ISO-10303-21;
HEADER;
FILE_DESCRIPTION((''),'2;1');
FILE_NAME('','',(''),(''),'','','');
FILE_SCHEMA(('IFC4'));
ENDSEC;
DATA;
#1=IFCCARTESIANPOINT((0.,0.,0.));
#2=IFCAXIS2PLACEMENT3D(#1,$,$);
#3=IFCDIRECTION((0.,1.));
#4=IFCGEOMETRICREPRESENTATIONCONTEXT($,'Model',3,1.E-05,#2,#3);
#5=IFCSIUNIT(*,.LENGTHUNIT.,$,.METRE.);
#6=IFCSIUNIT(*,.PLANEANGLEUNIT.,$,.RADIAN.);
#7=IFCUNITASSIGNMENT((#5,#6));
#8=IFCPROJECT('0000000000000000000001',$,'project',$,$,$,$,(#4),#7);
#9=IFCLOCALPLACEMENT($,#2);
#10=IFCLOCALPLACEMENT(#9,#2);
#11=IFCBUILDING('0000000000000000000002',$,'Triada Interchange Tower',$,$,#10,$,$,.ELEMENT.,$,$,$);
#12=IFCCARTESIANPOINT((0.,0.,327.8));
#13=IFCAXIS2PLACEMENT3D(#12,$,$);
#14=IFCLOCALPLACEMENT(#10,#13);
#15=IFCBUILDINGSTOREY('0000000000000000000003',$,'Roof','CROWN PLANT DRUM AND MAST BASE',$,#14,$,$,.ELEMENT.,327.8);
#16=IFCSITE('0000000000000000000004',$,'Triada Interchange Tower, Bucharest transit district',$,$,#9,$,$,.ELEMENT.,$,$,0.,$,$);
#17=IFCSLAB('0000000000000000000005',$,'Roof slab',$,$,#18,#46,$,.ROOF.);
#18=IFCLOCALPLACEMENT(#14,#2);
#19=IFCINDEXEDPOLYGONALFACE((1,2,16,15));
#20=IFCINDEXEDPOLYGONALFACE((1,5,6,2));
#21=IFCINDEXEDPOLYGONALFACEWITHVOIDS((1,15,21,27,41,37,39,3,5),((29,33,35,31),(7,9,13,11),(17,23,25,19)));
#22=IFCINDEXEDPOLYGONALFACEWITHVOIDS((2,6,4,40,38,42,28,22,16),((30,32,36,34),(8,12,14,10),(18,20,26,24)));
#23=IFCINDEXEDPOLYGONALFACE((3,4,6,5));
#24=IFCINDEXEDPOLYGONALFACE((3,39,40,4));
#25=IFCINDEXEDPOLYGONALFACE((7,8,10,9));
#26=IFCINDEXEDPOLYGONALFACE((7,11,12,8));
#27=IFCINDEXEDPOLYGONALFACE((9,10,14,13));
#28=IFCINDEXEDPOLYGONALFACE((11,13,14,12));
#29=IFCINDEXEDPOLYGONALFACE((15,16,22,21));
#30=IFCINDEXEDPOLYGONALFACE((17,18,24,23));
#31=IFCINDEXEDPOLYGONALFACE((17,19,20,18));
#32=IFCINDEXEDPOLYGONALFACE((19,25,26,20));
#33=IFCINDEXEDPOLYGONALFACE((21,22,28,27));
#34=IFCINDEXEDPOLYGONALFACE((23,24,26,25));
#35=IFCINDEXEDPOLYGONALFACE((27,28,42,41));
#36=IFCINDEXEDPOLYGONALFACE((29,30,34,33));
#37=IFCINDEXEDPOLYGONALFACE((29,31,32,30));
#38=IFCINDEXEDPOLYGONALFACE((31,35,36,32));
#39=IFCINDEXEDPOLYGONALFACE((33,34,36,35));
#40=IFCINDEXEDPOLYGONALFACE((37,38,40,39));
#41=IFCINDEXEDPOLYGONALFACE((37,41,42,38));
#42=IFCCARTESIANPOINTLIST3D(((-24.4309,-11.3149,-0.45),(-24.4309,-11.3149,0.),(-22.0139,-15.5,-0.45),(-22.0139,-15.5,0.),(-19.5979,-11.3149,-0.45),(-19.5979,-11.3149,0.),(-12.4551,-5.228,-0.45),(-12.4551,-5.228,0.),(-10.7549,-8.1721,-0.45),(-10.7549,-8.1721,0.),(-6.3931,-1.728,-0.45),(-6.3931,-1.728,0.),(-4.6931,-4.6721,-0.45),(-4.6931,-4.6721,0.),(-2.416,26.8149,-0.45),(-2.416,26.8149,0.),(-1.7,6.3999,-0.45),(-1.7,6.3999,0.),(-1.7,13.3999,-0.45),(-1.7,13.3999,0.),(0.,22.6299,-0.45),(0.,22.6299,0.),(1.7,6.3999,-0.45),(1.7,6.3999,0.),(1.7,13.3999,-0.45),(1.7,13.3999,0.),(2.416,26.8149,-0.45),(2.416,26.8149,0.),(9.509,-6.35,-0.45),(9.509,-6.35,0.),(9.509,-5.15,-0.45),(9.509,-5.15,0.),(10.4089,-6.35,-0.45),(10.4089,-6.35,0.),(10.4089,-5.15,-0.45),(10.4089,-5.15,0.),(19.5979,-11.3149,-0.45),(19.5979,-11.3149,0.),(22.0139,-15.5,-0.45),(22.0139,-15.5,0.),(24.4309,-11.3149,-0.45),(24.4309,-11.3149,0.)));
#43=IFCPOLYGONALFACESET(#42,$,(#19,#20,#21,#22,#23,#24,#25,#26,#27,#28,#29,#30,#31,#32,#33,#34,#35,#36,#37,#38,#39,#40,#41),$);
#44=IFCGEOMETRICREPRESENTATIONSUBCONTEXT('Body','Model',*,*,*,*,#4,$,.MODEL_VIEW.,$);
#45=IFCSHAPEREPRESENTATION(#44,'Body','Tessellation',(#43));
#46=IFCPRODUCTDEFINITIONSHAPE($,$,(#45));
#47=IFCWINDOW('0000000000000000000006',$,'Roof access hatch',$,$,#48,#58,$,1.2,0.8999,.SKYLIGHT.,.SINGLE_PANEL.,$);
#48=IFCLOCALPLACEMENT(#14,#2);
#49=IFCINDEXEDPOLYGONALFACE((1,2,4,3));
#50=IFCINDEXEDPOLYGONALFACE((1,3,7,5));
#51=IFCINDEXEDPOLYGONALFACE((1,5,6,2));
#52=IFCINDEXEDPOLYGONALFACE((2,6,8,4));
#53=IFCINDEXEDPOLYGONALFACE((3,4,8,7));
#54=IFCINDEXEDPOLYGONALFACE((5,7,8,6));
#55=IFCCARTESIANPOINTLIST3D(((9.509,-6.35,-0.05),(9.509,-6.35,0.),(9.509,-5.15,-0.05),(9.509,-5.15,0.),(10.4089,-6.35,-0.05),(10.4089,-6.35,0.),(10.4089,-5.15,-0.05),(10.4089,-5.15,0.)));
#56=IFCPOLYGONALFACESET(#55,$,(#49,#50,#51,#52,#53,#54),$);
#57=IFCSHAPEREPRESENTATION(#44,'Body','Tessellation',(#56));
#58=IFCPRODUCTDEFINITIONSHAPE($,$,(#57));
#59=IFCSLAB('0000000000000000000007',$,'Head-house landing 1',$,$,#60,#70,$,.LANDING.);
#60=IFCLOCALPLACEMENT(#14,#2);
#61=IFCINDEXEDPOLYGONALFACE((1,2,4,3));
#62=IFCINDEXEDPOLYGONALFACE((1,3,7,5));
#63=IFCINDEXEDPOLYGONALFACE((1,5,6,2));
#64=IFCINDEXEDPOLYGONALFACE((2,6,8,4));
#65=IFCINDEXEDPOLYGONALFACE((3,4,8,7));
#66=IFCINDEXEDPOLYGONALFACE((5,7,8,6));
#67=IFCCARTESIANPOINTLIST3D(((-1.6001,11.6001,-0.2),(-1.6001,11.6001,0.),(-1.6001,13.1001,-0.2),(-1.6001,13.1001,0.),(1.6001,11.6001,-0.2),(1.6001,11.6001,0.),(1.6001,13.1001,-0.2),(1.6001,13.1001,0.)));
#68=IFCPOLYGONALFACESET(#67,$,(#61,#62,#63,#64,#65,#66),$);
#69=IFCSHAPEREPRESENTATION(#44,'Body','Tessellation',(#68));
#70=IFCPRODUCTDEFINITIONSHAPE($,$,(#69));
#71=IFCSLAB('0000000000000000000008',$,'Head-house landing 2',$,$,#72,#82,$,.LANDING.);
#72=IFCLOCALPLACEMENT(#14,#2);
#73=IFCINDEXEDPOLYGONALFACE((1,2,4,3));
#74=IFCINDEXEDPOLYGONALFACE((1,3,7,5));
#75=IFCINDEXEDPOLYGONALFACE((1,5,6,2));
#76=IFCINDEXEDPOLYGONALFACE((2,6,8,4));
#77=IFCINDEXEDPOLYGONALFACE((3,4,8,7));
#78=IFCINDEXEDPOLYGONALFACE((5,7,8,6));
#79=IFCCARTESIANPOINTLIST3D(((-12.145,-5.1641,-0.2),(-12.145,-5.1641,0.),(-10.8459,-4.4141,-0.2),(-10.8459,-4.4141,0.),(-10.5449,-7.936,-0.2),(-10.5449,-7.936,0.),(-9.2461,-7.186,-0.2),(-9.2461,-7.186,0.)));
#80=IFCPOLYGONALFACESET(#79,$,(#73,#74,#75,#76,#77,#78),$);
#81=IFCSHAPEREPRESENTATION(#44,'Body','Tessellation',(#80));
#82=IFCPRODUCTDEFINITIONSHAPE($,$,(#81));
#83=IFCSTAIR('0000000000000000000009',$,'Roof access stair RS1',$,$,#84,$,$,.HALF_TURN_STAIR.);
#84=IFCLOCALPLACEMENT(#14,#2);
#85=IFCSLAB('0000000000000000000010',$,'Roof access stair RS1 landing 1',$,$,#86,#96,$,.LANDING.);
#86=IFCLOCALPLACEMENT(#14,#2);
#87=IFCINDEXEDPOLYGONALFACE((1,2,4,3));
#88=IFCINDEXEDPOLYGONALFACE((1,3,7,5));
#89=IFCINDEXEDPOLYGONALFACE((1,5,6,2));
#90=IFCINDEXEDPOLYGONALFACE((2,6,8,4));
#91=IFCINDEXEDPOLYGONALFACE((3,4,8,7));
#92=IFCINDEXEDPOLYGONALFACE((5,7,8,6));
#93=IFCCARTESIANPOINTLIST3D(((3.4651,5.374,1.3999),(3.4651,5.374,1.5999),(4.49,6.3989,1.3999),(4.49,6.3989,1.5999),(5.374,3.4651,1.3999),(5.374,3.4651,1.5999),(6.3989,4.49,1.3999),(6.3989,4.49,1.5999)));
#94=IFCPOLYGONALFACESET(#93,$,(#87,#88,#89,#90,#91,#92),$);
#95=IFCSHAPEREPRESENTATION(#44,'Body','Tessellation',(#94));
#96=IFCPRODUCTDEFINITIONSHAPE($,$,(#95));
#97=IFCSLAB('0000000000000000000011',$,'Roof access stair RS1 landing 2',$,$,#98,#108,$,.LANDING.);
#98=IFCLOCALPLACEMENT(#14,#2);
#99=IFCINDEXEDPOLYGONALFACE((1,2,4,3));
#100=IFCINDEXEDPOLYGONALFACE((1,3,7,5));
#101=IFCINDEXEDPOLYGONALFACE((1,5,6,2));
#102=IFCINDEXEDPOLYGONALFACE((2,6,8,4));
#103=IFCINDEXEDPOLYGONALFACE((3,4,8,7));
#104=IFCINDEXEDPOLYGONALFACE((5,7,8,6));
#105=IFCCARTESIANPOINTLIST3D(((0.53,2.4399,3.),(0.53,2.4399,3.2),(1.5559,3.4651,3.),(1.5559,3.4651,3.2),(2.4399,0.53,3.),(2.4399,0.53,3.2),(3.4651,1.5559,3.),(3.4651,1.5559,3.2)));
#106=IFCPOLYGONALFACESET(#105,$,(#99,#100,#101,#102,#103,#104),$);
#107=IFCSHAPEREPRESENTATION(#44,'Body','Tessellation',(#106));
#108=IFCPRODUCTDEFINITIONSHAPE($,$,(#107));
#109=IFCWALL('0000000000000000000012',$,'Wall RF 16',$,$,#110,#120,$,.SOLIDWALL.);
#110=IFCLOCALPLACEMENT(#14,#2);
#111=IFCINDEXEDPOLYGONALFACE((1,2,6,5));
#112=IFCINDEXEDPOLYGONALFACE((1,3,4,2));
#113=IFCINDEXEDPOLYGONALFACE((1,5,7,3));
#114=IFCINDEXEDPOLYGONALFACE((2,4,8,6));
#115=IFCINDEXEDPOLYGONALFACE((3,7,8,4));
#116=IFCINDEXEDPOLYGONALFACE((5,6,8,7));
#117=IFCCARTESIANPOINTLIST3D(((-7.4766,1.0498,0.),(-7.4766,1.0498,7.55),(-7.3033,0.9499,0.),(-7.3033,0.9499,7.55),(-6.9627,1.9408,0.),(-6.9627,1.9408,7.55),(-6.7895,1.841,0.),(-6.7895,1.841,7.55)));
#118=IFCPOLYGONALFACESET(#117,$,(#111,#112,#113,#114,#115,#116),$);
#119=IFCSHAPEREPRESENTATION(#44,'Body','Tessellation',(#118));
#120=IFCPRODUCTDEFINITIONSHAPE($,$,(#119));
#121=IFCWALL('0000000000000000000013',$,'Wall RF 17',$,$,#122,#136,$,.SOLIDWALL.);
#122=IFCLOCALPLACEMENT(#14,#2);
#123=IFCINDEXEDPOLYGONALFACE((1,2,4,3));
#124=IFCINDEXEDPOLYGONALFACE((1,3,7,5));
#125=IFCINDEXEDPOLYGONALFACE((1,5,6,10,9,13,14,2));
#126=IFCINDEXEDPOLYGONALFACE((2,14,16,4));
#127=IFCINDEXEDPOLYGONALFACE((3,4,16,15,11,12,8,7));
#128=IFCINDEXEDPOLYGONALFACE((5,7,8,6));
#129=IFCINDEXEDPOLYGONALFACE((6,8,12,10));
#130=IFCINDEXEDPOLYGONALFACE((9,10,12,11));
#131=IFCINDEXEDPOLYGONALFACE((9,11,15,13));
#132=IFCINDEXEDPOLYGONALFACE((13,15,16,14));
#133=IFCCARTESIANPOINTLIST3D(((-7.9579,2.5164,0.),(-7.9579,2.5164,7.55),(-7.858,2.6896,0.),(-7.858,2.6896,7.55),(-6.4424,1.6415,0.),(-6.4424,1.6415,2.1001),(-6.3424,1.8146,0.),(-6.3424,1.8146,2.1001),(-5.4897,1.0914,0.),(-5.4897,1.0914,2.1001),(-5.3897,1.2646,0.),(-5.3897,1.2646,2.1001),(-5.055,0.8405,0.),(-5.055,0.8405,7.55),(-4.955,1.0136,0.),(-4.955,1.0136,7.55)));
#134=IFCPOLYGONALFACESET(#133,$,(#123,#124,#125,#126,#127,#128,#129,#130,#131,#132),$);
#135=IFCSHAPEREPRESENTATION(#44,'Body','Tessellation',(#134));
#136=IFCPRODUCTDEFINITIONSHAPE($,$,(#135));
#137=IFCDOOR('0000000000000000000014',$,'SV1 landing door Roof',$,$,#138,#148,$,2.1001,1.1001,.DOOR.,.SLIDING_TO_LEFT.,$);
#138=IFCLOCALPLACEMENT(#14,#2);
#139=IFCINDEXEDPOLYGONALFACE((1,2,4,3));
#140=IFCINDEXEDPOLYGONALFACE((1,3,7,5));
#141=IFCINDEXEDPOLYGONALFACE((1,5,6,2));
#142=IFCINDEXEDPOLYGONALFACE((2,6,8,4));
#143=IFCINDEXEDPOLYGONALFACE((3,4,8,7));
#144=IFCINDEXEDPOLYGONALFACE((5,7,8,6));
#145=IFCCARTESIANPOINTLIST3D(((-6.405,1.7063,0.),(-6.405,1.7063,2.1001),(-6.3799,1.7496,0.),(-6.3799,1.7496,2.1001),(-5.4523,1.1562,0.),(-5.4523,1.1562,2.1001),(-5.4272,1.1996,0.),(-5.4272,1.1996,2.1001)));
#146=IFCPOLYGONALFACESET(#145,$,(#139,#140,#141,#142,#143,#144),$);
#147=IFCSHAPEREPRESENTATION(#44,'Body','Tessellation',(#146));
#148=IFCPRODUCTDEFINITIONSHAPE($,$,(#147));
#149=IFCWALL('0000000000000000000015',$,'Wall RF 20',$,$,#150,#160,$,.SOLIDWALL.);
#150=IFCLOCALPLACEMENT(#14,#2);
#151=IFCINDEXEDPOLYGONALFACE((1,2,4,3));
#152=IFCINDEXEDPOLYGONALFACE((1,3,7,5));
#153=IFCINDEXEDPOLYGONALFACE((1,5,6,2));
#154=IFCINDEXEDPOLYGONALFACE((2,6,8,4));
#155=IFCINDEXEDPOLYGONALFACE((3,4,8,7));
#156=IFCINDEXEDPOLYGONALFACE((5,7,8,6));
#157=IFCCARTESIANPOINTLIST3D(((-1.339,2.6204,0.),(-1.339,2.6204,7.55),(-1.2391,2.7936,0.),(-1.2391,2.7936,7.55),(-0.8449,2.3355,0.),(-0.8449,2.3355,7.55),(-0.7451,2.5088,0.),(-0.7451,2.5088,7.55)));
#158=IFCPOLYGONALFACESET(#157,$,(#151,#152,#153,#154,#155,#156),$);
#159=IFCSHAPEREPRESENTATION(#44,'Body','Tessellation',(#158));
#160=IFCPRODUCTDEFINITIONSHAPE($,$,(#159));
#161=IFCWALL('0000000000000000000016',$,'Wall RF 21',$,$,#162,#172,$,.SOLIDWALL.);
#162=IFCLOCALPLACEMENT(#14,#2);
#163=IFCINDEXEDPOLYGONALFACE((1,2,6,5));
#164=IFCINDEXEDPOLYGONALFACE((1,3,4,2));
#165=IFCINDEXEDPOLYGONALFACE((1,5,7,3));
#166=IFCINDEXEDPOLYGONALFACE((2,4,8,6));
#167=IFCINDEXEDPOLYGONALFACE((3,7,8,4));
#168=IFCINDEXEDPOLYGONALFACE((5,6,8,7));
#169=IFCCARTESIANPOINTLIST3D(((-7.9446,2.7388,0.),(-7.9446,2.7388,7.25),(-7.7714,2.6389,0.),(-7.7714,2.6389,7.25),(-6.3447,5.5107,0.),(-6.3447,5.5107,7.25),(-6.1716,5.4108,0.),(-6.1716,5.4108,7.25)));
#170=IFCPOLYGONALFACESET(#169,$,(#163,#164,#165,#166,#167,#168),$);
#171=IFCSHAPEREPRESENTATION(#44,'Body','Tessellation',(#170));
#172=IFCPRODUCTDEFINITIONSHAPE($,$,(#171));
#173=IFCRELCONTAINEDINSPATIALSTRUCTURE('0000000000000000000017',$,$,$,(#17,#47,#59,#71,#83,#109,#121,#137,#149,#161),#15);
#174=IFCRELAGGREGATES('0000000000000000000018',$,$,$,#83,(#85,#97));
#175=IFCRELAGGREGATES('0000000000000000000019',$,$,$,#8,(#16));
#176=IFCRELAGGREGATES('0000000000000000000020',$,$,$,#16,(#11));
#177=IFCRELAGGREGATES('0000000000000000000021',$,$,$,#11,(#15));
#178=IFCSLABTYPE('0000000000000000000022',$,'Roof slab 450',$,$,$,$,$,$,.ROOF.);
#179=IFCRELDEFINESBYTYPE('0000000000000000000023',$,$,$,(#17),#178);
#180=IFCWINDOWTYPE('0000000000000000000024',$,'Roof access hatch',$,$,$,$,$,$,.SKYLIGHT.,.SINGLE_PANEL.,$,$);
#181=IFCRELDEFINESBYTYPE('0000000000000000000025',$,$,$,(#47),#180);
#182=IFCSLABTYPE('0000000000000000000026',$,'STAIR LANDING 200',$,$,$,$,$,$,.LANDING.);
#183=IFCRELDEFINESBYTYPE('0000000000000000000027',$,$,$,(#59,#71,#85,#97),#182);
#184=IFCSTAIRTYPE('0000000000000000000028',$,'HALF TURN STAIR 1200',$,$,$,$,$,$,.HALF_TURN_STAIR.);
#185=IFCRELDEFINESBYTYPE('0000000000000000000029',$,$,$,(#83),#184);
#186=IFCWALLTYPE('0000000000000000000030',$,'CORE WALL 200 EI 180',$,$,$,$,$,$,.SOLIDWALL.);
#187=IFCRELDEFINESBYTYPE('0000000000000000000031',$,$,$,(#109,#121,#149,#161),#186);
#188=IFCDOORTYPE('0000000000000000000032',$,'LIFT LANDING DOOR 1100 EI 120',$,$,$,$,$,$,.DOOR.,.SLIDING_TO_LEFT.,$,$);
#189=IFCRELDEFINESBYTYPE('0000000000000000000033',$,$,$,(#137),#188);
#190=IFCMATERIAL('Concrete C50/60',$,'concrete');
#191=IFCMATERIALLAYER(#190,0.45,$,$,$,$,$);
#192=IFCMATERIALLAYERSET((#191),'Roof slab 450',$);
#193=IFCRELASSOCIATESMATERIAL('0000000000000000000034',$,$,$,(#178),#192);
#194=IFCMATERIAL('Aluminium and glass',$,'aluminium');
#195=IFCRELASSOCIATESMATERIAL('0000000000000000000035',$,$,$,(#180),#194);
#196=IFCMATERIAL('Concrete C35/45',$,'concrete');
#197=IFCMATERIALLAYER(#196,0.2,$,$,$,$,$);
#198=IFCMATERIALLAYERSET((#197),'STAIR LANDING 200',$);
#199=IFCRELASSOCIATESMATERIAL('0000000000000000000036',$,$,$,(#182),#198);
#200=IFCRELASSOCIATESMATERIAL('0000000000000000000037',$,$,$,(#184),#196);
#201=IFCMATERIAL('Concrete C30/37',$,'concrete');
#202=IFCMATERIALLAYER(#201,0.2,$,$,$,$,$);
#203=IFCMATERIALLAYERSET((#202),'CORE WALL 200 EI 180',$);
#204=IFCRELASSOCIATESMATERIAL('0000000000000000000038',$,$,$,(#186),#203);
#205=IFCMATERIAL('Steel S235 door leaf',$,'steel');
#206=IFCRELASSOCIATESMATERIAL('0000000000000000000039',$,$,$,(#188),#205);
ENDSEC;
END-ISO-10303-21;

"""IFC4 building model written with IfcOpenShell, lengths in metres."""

from ifc_helpers import new_model, si_unit, direction, frame, frame_2d, origin, origin_2d, place, context, subcontext, project, spatial, polyline, rectangle, outline, extrude, material, layer, layer_set, type_object, element, fill, aggregate, save


model = new_model("IFC4")

# Units and contexts
model_context = context("Model", 3, precision=1e-05, world=origin(), true_north=direction((0.0, 1.0)))
body_context = subcontext(model_context, "Body", "Model", "MODEL_VIEW")
ifc_project = project(units=[si_unit("LENGTHUNIT", "METRE"), si_unit("PLANEANGLEUNIT", "RADIAN")], contexts=[model_context])

# Site, building, storey
site_placement = place(None, origin())
site = spatial("IfcSite", under=ifc_project, at=site_placement, Name="Triada Interchange Tower, Bucharest transit district", CompositionType="ELEMENT", RefElevation=0.0)
building_placement = place(site_placement, origin())
building = spatial("IfcBuilding", under=site, at=building_placement, Name="Triada Interchange Tower", CompositionType="ELEMENT")
storey_placement = place(building_placement, frame((0.0, 0.0, 327.8)))
storey = spatial("IfcBuildingStorey", under=building, at=storey_placement, Name="Roof", Description="CROWN PLANT DRUM AND MAST BASE", CompositionType="ELEMENT", Elevation=327.8)

# Shared definitions
ifc_material_1 = material(Name="Concrete C50/60", Category="concrete")
ifc_material_2 = material(Name="Concrete C30/37", Category="concrete")

# Slab, opening, window
ifc_layer_1 = layer(ifc_material_1, 0.45)
ifc_layer_set_1 = layer_set([ifc_layer_1], Name="Roof slab 450")
slab_type_1 = type_object("IfcSlabType", Name="Roof slab 450", PredefinedType="ROOF", material=ifc_layer_set_1)
slab_1_placement = place(storey_placement, frame((0.0, 0.0, -0.45)))
slab_1 = element("IfcSlab", 1, at=slab_1_placement, inside=storey, type_object=slab_type_1, Name="Roof slab", PredefinedType="ROOF", context=body_context, shape_type="SweptSolid", body=[
    extrude(outline(polyline([(-2.416, 26.8149), (-24.4309, -11.3149), (-19.5979, -11.3149), (-22.0139, -15.5), (22.0139, -15.5), (19.5979, -11.3149), (24.4309, -11.3149), (2.416, 26.8149), (0.0, 22.6299), (-2.416, 26.8149)]), holes=[polyline([(1.7, 6.3999), (-1.7, 6.3999), (-1.7, 13.3999), (1.7, 13.3999), (1.7, 6.3999)]), polyline([(-4.6931, -4.6721), (-10.7549, -8.1721), (-12.4551, -5.228), (-6.3931, -1.728), (-4.6931, -4.6721)])]), origin(), (0.0, 0.0, 1.0), 0.45),
])
opening_1_placement = place(slab_1_placement, frame((9.959, -5.75, -0.01)))
opening_1 = element("IfcOpeningElement", 2, at=opening_1_placement, cuts=slab_1, PredefinedType="OPENING", context=body_context, shape_type="SweptSolid", body=[
    extrude(rectangle(XDim=0.8999, YDim=1.2, at=origin_2d()), origin(), (0.0, 0.0, 1.0), 0.47),
])
ifc_material_3 = material(Name="Aluminium and glass", Category="aluminium")
window_type = type_object("IfcWindowType", Name="Roof access hatch", PartitioningType="SINGLE_PANEL", PredefinedType="SKYLIGHT", material=ifc_material_3)
window_placement = place(opening_1_placement, frame((0.0, 0.0, 0.4099)))
window = element("IfcWindow", 3, at=window_placement, inside=storey, type_object=window_type, Name="Roof access hatch", OverallHeight=1.2, OverallWidth=0.8999, PartitioningType="SINGLE_PANEL", PredefinedType="SKYLIGHT", context=body_context, shape_type="SweptSolid", body=[
    extrude(rectangle(XDim=0.8999, YDim=1.2, at=origin_2d()), origin(), (0.0, 0.0, 1.0), 0.05),
])
fill(opening_1, window)

# Slabs
ifc_material_4 = material(Name="Concrete C35/45", Category="concrete")
ifc_layer_2 = layer(ifc_material_4, 0.2)
ifc_layer_set_2 = layer_set([ifc_layer_2], Name="STAIR LANDING 200")
slab_type_2 = type_object("IfcSlabType", Name="STAIR LANDING 200", PredefinedType="LANDING", material=ifc_layer_set_2)
slab_2_placement = place(storey_placement, frame((0.0, 0.0, -0.2)))
element("IfcSlab", 4, at=slab_2_placement, inside=storey, type_object=slab_type_2, Name="Head-house landing 1", PredefinedType="LANDING", context=body_context, shape_type="SweptSolid", body=[
    extrude(outline(polyline([(1.6001, 11.6001), (1.6001, 13.1001), (-1.6001, 13.1001), (-1.6001, 11.6001), (1.6001, 11.6001)])), origin(), (0.0, 0.0, 1.0), 0.2),
])
slab_3_placement = place(storey_placement, frame((0.0, 0.0, -0.2)))
element("IfcSlab", 5, at=slab_3_placement, inside=storey, type_object=slab_type_2, Name="Head-house landing 2", PredefinedType="LANDING", context=body_context, shape_type="SweptSolid", body=[
    extrude(outline(polyline([(-10.8459, -4.4141), (-12.145, -5.1641), (-10.5449, -7.936), (-9.2461, -7.186), (-10.8459, -4.4141)])), origin(), (0.0, 0.0, 1.0), 0.2),
])

# Stair, slabs
stair_type = type_object("IfcStairType", Name="HALF TURN STAIR 1200", PredefinedType="HALF_TURN_STAIR", material=ifc_material_4)
stair_placement = place(storey_placement, origin())
stair = element("IfcStair", 6, at=stair_placement, inside=storey, type_object=stair_type, Name="Roof access stair RS1", PredefinedType="HALF_TURN_STAIR")
slab_4_placement = place(storey_placement, frame((0.0, 0.0, 1.3999)))
slab_4 = element("IfcSlab", 7, at=slab_4_placement, type_object=slab_type_2, Name="Roof access stair RS1 landing 1", PredefinedType="LANDING", context=body_context, shape_type="SweptSolid", body=[
    extrude(outline(polyline([(5.374, 3.4651), (6.3989, 4.49), (4.49, 6.3989), (3.4651, 5.374), (5.374, 3.4651)])), origin(), (0.0, 0.0, 1.0), 0.2),
])
slab_5_placement = place(storey_placement, frame((0.0, 0.0, 3.0)))
slab_5 = element("IfcSlab", 8, at=slab_5_placement, type_object=slab_type_2, Name="Roof access stair RS1 landing 2", PredefinedType="LANDING", context=body_context, shape_type="SweptSolid", body=[
    extrude(outline(polyline([(2.4399, 0.53), (3.4651, 1.5559), (1.5559, 3.4651), (0.53, 2.4399), (2.4399, 0.53)])), origin(), (0.0, 0.0, 1.0), 0.2),
])
aggregate(stair, [slab_4, slab_5])

# Wall
ifc_layer_3 = layer(ifc_material_2, 0.2)
ifc_layer_set_3 = layer_set([ifc_layer_3], Name="CORE WALL 200 EI 180")
wall_type = type_object("IfcWallType", Name="CORE WALL 200 EI 180", PredefinedType="SOLIDWALL", material=ifc_layer_set_3)
wall_1_placement = place(storey_placement, frame((-7.3899, 1.0, 0.0), z_axis=(0.0, 0.0, 1.0), x_axis=(0.499585, 0.866265, 0.0)))
element("IfcWall", 9, at=wall_1_placement, inside=storey, type_object=wall_type, Name="Wall RF 16", PredefinedType="SOLIDWALL", context=body_context, shape_type="SweptSolid", body=[
    extrude(rectangle(XDim=1.0286, YDim=0.2, at=frame_2d((0.5142, 0.0))), origin(), (0.0, 0.0, 1.0), 7.55),
])

# Wall, opening, door
wall_2_placement = place(storey_placement, frame((-7.908, 2.603, 0.0), z_axis=(0.0, 0.0, 1.0), x_axis=(0.866034, -0.499985, 0.0)))
wall_2 = element("IfcWall", 10, at=wall_2_placement, inside=storey, type_object=wall_type, Name="Wall RF 17", PredefinedType="SOLIDWALL", context=body_context, shape_type="SweptSolid", body=[
    extrude(rectangle(XDim=3.3521, YDim=0.2, at=frame_2d((1.676, 0.0))), origin(), (0.0, 0.0, 1.0), 7.55),
])
opening_2_placement = place(wall_2_placement, frame((1.75, 0.0, 0.0)))
opening_2 = element("IfcOpeningElement", 11, at=opening_2_placement, cuts=wall_2, PredefinedType="OPENING", context=body_context, shape_type="SweptSolid", body=[
    extrude(rectangle(XDim=1.1001, YDim=2.1001, at=frame_2d((0.55, 1.05))), frame((0.0, 0.1099, 0.0), z_axis=(0.0, -1.0, 0.0), x_axis=(1.0, 0.0, 0.0)), (0.0, 0.0, 1.0), 0.22),
])
ifc_material_5 = material(Name="Steel S235 door leaf", Category="steel")
door_type = type_object("IfcDoorType", Name="LIFT LANDING DOOR 1100 EI 120", OperationType="SLIDING_TO_LEFT", PredefinedType="DOOR", material=ifc_material_5)
door_1_placement = place(opening_2_placement, origin())
door_1 = element("IfcDoor", 12, at=door_1_placement, inside=storey, type_object=door_type, Name="SV1 landing door Roof", OperationType="SLIDING_TO_LEFT", OverallHeight=2.1001, OverallWidth=1.1001, PredefinedType="DOOR", context=body_context, shape_type="SweptSolid", body=[
    extrude(rectangle(XDim=1.1001, YDim=2.1001, at=frame_2d((0.55, 1.05))), frame((0.0, 0.0249, 0.0), z_axis=(0.0, -1.0, 0.0), x_axis=(1.0, 0.0, 0.0)), (0.0, 0.0, 1.0), 0.05),
])
fill(opening_2, door_1)

# Walls
wall_3_placement = place(storey_placement, frame((-1.2891, 2.707, 0.0), z_axis=(0.0, 0.0, 1.0), x_axis=(0.866314, -0.4995, 0.0)))
element("IfcWall", 13, at=wall_3_placement, inside=storey, type_object=wall_type, Name="Wall RF 20", PredefinedType="SOLIDWALL", context=body_context, shape_type="SweptSolid", body=[
    extrude(rectangle(XDim=0.5703, YDim=0.2, at=frame_2d((0.2852, 0.0))), origin(), (0.0, 0.0, 1.0), 7.55),
])
wall_4_placement = place(storey_placement, frame((-7.8579, 2.689, 0.0), z_axis=(0.0, 0.0, 1.0), x_axis=(0.499872, 0.866099, 0.0)))
element("IfcWall", 14, at=wall_4_placement, inside=storey, type_object=wall_type, Name="Wall RF 21", PredefinedType="SOLIDWALL", context=body_context, shape_type="SweptSolid", body=[
    extrude(rectangle(XDim=3.2004, YDim=0.2, at=frame_2d((1.6001, 0.0))), origin(), (0.0, 0.0, 1.0), 7.25),
])

save(model, "model.ifc")
